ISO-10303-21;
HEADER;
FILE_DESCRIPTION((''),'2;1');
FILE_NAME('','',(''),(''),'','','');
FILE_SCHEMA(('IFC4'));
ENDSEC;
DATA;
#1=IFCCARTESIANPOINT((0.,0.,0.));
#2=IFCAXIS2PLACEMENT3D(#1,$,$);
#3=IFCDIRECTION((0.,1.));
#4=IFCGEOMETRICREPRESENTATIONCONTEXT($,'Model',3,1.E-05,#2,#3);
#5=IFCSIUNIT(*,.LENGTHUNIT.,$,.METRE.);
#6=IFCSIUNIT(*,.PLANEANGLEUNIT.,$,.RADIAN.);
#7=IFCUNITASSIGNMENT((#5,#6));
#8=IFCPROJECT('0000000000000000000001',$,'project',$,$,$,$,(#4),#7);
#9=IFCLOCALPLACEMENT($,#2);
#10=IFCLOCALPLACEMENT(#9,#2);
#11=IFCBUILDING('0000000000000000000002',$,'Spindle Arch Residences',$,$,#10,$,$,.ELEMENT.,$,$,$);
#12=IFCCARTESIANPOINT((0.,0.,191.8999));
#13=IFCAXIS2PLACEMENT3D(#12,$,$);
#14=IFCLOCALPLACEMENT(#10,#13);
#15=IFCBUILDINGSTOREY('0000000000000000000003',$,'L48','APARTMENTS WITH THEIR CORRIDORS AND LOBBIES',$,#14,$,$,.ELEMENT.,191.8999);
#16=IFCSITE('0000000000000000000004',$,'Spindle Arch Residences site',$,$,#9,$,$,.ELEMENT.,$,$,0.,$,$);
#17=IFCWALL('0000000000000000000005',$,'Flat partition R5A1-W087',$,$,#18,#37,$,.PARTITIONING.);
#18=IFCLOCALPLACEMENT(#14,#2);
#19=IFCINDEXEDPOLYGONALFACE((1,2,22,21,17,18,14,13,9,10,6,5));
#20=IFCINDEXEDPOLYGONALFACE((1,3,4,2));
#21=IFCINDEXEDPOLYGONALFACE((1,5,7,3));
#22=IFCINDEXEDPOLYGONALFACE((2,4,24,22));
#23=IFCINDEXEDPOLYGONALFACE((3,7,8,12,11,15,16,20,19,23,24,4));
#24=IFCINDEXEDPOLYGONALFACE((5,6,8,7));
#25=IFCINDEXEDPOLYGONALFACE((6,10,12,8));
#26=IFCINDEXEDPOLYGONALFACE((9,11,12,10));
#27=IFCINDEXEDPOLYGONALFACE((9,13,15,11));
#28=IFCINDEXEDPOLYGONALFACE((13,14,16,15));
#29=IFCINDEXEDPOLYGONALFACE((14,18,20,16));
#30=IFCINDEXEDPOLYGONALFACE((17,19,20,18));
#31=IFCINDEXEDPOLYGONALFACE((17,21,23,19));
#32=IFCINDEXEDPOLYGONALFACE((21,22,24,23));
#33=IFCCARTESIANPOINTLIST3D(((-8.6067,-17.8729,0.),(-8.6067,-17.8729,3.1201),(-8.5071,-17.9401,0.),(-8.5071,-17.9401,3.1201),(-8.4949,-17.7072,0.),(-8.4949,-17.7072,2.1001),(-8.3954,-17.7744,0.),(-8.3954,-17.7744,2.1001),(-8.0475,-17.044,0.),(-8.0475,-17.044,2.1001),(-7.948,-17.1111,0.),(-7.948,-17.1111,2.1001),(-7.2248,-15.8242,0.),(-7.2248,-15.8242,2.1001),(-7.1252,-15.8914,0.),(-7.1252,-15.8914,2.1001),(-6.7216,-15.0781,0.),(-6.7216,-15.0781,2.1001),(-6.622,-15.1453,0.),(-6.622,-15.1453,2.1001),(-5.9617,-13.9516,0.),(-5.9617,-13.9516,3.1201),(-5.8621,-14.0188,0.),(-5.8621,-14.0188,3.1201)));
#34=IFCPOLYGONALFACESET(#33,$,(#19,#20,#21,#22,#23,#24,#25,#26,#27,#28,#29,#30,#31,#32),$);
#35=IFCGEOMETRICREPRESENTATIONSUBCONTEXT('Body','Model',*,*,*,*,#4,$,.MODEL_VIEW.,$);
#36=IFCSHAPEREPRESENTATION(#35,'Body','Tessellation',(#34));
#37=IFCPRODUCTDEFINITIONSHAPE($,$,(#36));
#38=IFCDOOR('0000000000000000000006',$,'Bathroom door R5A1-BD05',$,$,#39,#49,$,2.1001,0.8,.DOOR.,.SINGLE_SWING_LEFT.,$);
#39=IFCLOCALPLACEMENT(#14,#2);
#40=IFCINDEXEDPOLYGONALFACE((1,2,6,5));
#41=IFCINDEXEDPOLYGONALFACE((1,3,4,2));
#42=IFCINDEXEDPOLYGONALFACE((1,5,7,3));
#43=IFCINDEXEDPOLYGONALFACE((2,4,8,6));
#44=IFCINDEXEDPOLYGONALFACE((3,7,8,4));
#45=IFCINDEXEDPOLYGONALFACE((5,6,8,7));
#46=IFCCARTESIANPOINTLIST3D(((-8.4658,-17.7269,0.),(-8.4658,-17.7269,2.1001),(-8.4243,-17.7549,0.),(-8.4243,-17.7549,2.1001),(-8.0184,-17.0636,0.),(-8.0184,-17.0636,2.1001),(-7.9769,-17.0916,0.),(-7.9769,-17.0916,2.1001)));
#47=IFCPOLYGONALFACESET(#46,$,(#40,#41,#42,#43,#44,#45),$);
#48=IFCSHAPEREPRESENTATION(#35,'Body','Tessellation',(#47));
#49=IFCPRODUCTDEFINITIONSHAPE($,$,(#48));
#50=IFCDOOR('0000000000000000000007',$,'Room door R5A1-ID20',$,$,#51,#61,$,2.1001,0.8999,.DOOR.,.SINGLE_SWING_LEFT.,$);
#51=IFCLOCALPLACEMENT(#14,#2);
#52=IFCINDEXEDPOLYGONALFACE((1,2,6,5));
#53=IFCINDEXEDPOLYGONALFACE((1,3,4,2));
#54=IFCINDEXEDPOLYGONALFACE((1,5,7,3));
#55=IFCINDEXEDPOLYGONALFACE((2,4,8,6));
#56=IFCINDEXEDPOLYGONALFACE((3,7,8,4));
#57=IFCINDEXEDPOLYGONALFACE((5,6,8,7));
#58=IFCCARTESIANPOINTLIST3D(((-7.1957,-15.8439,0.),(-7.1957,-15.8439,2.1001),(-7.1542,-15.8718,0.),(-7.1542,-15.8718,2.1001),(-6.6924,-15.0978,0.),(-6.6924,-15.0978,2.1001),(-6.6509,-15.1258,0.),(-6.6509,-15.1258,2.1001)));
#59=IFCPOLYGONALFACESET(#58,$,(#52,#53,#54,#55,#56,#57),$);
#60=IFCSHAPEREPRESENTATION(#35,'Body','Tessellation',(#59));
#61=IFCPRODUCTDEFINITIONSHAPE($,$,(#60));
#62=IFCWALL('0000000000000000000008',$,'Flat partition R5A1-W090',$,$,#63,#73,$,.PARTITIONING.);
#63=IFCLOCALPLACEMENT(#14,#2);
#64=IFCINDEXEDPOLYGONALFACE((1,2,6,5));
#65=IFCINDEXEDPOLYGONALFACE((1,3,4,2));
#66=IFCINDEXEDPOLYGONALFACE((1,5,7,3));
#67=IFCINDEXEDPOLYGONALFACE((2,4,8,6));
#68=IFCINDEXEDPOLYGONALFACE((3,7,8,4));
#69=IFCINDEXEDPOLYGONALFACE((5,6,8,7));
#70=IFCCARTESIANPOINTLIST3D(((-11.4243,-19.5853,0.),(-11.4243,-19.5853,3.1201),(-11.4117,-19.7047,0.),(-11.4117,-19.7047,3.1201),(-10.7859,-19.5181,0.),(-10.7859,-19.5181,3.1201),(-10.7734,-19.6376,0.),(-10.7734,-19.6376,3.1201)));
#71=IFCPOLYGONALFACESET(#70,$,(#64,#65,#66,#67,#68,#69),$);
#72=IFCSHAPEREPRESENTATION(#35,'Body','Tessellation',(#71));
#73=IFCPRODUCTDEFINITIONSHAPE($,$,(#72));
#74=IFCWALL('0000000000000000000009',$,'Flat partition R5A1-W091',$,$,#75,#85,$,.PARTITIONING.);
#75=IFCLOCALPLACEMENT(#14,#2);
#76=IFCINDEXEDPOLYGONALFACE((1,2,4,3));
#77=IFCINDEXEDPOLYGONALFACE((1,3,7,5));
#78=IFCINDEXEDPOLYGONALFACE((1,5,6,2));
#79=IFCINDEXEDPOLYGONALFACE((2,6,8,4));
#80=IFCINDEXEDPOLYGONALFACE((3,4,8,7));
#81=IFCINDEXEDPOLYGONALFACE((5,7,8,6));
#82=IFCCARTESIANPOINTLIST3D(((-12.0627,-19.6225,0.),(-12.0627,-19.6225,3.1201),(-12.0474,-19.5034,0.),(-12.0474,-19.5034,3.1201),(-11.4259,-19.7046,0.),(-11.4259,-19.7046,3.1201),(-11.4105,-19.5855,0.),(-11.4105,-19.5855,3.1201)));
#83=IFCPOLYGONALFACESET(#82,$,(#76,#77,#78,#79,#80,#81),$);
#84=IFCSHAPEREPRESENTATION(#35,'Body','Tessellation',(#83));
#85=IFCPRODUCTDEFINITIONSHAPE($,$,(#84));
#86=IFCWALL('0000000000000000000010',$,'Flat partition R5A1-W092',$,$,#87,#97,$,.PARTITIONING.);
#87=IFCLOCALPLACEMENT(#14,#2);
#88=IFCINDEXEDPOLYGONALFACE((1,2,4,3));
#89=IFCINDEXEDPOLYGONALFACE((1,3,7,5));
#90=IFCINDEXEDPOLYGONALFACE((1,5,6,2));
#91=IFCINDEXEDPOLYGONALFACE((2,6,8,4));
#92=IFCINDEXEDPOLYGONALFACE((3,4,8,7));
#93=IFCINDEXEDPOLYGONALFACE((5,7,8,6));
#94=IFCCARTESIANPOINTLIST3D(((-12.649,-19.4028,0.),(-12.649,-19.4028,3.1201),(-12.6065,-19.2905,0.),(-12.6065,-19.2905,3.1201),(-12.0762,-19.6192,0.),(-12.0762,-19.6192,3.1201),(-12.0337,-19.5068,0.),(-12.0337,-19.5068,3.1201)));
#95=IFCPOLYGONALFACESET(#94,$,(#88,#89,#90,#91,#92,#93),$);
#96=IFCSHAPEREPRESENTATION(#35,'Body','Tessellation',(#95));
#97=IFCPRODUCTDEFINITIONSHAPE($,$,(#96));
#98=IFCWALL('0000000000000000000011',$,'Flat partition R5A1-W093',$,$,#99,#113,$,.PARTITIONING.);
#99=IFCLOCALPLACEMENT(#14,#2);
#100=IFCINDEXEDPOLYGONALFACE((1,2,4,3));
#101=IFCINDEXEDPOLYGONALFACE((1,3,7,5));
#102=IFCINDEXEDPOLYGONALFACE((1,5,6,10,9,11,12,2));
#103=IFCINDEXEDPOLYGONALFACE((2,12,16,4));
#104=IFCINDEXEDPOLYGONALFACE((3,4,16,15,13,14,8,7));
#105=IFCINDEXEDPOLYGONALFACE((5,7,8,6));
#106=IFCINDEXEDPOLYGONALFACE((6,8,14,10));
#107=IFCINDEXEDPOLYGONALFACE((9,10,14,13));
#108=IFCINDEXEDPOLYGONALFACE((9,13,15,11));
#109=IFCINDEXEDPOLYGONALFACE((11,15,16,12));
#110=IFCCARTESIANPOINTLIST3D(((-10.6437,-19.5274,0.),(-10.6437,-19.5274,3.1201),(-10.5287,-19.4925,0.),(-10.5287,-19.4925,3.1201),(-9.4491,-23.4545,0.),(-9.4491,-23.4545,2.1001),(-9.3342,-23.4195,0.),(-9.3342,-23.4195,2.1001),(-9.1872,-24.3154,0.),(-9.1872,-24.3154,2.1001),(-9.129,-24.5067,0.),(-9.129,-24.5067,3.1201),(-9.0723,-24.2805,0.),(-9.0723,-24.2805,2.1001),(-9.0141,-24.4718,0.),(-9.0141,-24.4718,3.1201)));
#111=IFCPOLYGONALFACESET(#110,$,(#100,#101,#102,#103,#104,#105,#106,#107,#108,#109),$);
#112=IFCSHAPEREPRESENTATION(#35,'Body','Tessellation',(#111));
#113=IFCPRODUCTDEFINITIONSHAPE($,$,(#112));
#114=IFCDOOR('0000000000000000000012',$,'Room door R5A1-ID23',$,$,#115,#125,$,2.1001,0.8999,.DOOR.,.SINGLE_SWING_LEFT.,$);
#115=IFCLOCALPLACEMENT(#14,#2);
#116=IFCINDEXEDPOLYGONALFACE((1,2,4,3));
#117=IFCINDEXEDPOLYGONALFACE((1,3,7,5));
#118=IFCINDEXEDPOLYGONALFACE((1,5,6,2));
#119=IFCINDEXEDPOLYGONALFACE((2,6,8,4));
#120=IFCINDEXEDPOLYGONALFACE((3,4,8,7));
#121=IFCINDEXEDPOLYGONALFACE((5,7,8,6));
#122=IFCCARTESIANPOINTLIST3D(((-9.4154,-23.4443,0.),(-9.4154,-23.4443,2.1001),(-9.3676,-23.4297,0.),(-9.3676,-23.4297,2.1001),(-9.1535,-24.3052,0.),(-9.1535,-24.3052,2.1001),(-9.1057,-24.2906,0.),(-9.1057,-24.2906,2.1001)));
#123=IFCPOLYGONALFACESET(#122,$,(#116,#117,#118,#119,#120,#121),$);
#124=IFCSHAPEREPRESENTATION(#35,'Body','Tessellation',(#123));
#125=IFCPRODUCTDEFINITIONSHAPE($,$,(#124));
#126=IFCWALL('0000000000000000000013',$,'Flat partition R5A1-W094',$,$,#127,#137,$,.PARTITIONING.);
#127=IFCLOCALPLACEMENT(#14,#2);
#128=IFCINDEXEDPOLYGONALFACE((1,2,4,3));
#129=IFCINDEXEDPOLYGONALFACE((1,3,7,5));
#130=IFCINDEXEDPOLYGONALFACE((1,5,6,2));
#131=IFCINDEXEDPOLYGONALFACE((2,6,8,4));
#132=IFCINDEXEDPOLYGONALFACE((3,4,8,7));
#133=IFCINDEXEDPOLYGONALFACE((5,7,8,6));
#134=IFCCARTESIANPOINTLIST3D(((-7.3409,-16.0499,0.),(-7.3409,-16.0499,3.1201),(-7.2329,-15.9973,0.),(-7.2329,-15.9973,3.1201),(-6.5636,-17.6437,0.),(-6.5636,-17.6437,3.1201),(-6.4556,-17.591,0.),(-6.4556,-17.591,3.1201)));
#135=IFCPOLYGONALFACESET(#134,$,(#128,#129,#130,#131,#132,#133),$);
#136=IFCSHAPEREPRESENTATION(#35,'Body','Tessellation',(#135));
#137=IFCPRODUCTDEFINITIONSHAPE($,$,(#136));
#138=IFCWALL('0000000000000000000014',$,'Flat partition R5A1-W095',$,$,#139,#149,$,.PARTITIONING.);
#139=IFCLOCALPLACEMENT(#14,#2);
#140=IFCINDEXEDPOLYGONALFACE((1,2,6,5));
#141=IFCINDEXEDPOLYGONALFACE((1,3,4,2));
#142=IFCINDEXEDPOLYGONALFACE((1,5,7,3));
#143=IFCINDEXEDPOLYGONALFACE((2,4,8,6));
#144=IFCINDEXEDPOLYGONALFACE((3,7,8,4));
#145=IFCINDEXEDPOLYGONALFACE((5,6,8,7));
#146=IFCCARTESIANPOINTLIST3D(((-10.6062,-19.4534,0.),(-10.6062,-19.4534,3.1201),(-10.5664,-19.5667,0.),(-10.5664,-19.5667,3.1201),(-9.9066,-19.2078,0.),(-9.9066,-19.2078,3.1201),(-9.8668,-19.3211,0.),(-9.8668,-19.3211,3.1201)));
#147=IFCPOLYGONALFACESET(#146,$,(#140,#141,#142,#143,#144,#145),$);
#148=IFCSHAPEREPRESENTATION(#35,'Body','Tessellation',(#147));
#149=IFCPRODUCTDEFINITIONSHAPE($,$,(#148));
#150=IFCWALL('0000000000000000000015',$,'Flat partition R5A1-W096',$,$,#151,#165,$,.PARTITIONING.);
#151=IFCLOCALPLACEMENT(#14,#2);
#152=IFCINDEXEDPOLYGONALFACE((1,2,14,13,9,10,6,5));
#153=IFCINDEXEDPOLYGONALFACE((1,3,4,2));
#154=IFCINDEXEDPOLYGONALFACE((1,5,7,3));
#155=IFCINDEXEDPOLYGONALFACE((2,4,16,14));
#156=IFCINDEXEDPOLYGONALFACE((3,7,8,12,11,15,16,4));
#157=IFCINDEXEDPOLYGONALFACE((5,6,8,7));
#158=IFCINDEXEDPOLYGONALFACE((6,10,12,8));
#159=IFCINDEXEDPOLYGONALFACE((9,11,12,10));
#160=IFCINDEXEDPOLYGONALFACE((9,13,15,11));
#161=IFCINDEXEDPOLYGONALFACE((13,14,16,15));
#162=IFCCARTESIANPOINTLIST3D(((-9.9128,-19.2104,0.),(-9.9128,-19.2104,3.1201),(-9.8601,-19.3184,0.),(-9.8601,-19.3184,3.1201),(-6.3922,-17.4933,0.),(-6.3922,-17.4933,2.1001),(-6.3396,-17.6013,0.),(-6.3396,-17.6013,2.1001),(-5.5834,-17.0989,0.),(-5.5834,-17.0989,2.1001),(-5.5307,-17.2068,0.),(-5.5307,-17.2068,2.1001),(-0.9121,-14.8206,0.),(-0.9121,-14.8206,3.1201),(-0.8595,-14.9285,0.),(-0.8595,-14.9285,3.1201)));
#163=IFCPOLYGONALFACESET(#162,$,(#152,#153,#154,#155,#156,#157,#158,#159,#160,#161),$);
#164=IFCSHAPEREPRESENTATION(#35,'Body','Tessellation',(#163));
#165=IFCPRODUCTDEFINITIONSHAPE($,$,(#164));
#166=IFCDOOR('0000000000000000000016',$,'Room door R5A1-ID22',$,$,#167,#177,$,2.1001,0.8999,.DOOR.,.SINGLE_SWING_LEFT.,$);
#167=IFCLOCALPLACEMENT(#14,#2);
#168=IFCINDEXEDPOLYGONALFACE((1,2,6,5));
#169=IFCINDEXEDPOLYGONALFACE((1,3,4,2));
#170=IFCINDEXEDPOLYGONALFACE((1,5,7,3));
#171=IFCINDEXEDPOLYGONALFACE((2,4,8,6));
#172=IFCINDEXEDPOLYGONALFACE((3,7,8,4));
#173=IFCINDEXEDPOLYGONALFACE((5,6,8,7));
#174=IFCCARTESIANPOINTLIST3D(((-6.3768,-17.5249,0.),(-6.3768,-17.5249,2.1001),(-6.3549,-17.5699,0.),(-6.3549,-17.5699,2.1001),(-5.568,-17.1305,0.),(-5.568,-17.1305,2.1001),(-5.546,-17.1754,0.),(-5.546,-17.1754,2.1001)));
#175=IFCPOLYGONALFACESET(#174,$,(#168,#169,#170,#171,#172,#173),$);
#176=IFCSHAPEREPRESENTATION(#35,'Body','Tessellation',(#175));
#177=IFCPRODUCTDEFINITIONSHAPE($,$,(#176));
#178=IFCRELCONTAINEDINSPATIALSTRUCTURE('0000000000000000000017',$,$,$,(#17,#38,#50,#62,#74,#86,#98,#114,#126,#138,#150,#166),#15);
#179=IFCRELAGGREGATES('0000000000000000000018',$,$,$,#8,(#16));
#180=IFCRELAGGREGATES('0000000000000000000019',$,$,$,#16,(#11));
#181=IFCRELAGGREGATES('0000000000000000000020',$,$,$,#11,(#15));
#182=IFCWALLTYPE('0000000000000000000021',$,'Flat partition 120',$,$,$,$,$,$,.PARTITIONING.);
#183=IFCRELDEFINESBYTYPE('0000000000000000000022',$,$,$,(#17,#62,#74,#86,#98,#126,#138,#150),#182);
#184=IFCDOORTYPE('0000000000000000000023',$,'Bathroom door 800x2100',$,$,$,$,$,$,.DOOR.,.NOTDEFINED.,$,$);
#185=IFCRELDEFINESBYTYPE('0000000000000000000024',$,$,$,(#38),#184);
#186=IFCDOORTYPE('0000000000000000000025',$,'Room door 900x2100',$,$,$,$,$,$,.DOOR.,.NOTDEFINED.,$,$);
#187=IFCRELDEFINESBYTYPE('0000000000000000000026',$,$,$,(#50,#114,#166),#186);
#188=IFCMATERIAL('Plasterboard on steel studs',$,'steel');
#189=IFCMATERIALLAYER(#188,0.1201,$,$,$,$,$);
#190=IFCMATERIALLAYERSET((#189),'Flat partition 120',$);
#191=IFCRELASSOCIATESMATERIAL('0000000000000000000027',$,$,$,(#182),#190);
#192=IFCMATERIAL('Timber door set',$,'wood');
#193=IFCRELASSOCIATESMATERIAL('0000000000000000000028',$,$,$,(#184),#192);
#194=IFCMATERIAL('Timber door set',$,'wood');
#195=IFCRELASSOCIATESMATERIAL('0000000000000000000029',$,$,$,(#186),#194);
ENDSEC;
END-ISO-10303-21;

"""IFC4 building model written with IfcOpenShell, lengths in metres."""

from ifc_helpers import new_model, si_unit, direction, frame, frame_2d, origin, place, context, subcontext, project, spatial, rectangle, extrude, material, layer, layer_set, type_object, element, fill, save


model = new_model("IFC4")

# Units and contexts
model_context = context("Model", 3, precision=1e-05, world=origin(), true_north=direction((0.0, 1.0)))
body_context = subcontext(model_context, "Body", "Model", "MODEL_VIEW")
ifc_project = project(units=[si_unit("LENGTHUNIT", "METRE"), si_unit("PLANEANGLEUNIT", "RADIAN")], contexts=[model_context])

# Site, building, storey
site_placement = place(None, origin())
site = spatial("IfcSite", under=ifc_project, at=site_placement, Name="Spindle Arch Residences site", CompositionType="ELEMENT", RefElevation=0.0)
building_placement = place(site_placement, origin())
building = spatial("IfcBuilding", under=site, at=building_placement, Name="Spindle Arch Residences", CompositionType="ELEMENT")
storey_placement = place(building_placement, frame((0.0, 0.0, 191.8999)))
storey = spatial("IfcBuildingStorey", under=building, at=storey_placement, Name="L48", Description="APARTMENTS WITH THEIR CORRIDORS AND LOBBIES", CompositionType="ELEMENT", Elevation=191.8999)

# Shared definitions
ifc_material_1 = material(Name="Plasterboard on steel studs", Category="steel")
ifc_layer_1 = layer(ifc_material_1, 0.1201)
ifc_layer_set_1 = layer_set([ifc_layer_1], Name="Flat partition 120")
wall_type = type_object("IfcWallType", Name="Flat partition 120", PredefinedType="PARTITIONING", material=ifc_layer_set_1)

# Wall, openings, doors
wall_1_placement = place(storey_placement, frame((-8.5569, -17.9065, 0.0), z_axis=(0.0, 0.0, 1.0), x_axis=(0.559194, 0.829037, 0.0)))
wall_1 = element("IfcWall", 1, at=wall_1_placement, inside=storey, type_object=wall_type, Name="Flat partition R5A1-W087", PredefinedType="PARTITIONING", context=body_context, shape_type="SweptSolid", body=[
    extrude(rectangle(XDim=4.73, YDim=0.1201, at=frame_2d((2.365, 0.0))), origin(), (0.0, 0.0, 1.0), 3.1201),
])
opening_1_placement = place(wall_1_placement, frame((0.2, 0.0, 0.0)))
opening_1 = element("IfcOpeningElement", 2, at=opening_1_placement, cuts=wall_1, PredefinedType="OPENING", context=body_context, shape_type="SweptSolid", body=[
    extrude(rectangle(XDim=0.8, YDim=2.1001, at=frame_2d((0.3999, 1.05))), frame((0.0, 0.0701, 0.0), z_axis=(0.0, -1.0, 0.0), x_axis=(1.0, 0.0, 0.0)), (0.0, 0.0, 1.0), 0.1401),
])
opening_2_placement = place(wall_1_placement, frame((2.4712, 0.0, 0.0)))
opening_2 = element("IfcOpeningElement", 3, at=opening_2_placement, cuts=wall_1, PredefinedType="OPENING", context=body_context, shape_type="SweptSolid", body=[
    extrude(rectangle(XDim=0.8999, YDim=2.1001, at=frame_2d((0.45, 1.05))), frame((0.0, 0.0701, 0.0), z_axis=(0.0, -1.0, 0.0), x_axis=(1.0, 0.0, 0.0)), (0.0, 0.0, 1.0), 0.1401),
])
ifc_material_2 = material(Name="Timber door set", Category="wood")
door_type_1 = type_object("IfcDoorType", Name="Bathroom door 800x2100", OperationType="NOTDEFINED", PredefinedType="DOOR", material=ifc_material_2)
door_1_placement = place(opening_1_placement, origin())
door_1 = element("IfcDoor", 4, at=door_1_placement, inside=storey, type_object=door_type_1, Name="Bathroom door R5A1-BD05", OperationType="SINGLE_SWING_LEFT", OverallHeight=2.1001, OverallWidth=0.8, PredefinedType="DOOR", context=body_context, shape_type="SweptSolid", body=[
    extrude(rectangle(XDim=0.8, YDim=2.1001, at=frame_2d((0.3999, 1.05))), frame((0.0, 0.0249, 0.0), z_axis=(0.0, -1.0, 0.0), x_axis=(1.0, 0.0, 0.0)), (0.0, 0.0, 1.0), 0.05),
])
fill(opening_1, door_1)
ifc_material_3 = material(Name="Timber door set", Category="wood")
door_type_2 = type_object("IfcDoorType", Name="Room door 900x2100", OperationType="NOTDEFINED", PredefinedType="DOOR", material=ifc_material_3)
door_2_placement = place(opening_2_placement, origin())
door_2 = element("IfcDoor", 5, at=door_2_placement, inside=storey, type_object=door_type_2, Name="Room door R5A1-ID20", OperationType="SINGLE_SWING_LEFT", OverallHeight=2.1001, OverallWidth=0.8999, PredefinedType="DOOR", context=body_context, shape_type="SweptSolid", body=[
    extrude(rectangle(XDim=0.8999, YDim=2.1001, at=frame_2d((0.45, 1.05))), frame((0.0, 0.0249, 0.0), z_axis=(0.0, -1.0, 0.0), x_axis=(1.0, 0.0, 0.0)), (0.0, 0.0, 1.0), 0.05),
])
fill(opening_2, door_2)

# Walls
wall_2_placement = place(storey_placement, frame((-10.7798, -19.5779, 0.0), z_axis=(0.0, 0.0, 1.0), x_axis=(-0.994516, -0.104586, 0.0)))
element("IfcWall", 6, at=wall_2_placement, inside=storey, type_object=wall_type, Name="Flat partition R5A1-W090", PredefinedType="PARTITIONING", context=body_context, shape_type="SweptSolid", body=[
    extrude(rectangle(XDim=0.6418, YDim=0.1201, at=frame_2d((0.3208, 0.0))), origin(), (0.0, 0.0, 1.0), 3.1201),
])
wall_3_placement = place(storey_placement, frame((-11.4182, -19.645, 0.0), z_axis=(0.0, 0.0, 1.0), x_axis=(-0.991803, 0.127778, 0.0)))
element("IfcWall", 7, at=wall_3_placement, inside=storey, type_object=wall_type, Name="Flat partition R5A1-W091", PredefinedType="PARTITIONING", context=body_context, shape_type="SweptSolid", body=[
    extrude(rectangle(XDim=0.6421, YDim=0.1201, at=frame_2d((0.321, 0.0))), origin(), (0.0, 0.0, 1.0), 3.1201),
])
wall_4_placement = place(storey_placement, frame((-12.0549, -19.563, 0.0), z_axis=(0.0, 0.0, 1.0), x_axis=(-0.935507, 0.353308, 0.0)))
element("IfcWall", 8, at=wall_4_placement, inside=storey, type_object=wall_type, Name="Flat partition R5A1-W092", PredefinedType="PARTITIONING", context=body_context, shape_type="SweptSolid", body=[
    extrude(rectangle(XDim=0.6123, YDim=0.1201, at=frame_2d((0.3062, 0.0))), origin(), (0.0, 0.0, 1.0), 3.1201),
])

# Wall, opening, door
wall_5_placement = place(storey_placement, frame((-9.0715, -24.4893, 0.0), z_axis=(0.0, 0.0, 1.0), x_axis=(-0.291025, 0.956715, 0.0)))
wall_5 = element("IfcWall", 9, at=wall_5_placement, inside=storey, type_object=wall_type, Name="Flat partition R5A1-W093", PredefinedType="PARTITIONING", context=body_context, shape_type="SweptSolid", body=[
    extrude(rectangle(XDim=5.2046, YDim=0.1201, at=frame_2d((2.6023, 0.0))), origin(), (0.0, 0.0, 1.0), 3.1201),
])
opening_3_placement = place(wall_5_placement, frame((0.2, 0.0, 0.0)))
opening_3 = element("IfcOpeningElement", 10, at=opening_3_placement, cuts=wall_5, PredefinedType="OPENING", context=body_context, shape_type="SweptSolid", body=[
    extrude(rectangle(XDim=0.8999, YDim=2.1001, at=frame_2d((0.45, 1.05))), frame((0.0, 0.0701, 0.0), z_axis=(0.0, -1.0, 0.0), x_axis=(1.0, 0.0, 0.0)), (0.0, 0.0, 1.0), 0.1401),
])
door_3_placement = place(opening_3_placement, origin())
door_3 = element("IfcDoor", 11, at=door_3_placement, inside=storey, type_object=door_type_2, Name="Room door R5A1-ID23", OperationType="SINGLE_SWING_LEFT", OverallHeight=2.1001, OverallWidth=0.8999, PredefinedType="DOOR", context=body_context, shape_type="SweptSolid", body=[
    extrude(rectangle(XDim=0.8999, YDim=2.1001, at=frame_2d((0.45, 1.05))), frame((0.0, 0.0249, 0.0), z_axis=(0.0, -1.0, 0.0), x_axis=(1.0, 0.0, 0.0)), (0.0, 0.0, 1.0), 0.05),
])
fill(opening_3, door_3)

# Walls
wall_6_placement = place(storey_placement, frame((-6.5095, -17.6174, 0.0), z_axis=(0.0, 0.0, 1.0), x_axis=(-0.43838, 0.89879, 0.0)))
element("IfcWall", 12, at=wall_6_placement, inside=storey, type_object=wall_type, Name="Flat partition R5A1-W094", PredefinedType="PARTITIONING", context=body_context, shape_type="SweptSolid", body=[
    extrude(rectangle(XDim=1.7732, YDim=0.1201, at=frame_2d((0.8867, 0.0))), origin(), (0.0, 0.0, 1.0), 3.1201),
])
wall_7_placement = place(storey_placement, frame((-10.5862, -19.51, 0.0), z_axis=(0.0, 0.0, 1.0), x_axis=(0.94356, 0.331201, 0.0)))
element("IfcWall", 13, at=wall_7_placement, inside=storey, type_object=wall_type, Name="Flat partition R5A1-W095", PredefinedType="PARTITIONING", context=body_context, shape_type="SweptSolid", body=[
    extrude(rectangle(XDim=0.7415, YDim=0.1201, at=frame_2d((0.3706, 0.0))), origin(), (0.0, 0.0, 1.0), 3.1201),
])

# Wall, opening, door
wall_8_placement = place(storey_placement, frame((-9.8865, -19.2644, 0.0), z_axis=(0.0, 0.0, 1.0), x_axis=(0.898796, 0.438366, 0.0)))
wall_8 = element("IfcWall", 14, at=wall_8_placement, inside=storey, type_object=wall_type, Name="Flat partition R5A1-W096", PredefinedType="PARTITIONING", context=body_context, shape_type="SweptSolid", body=[
    extrude(rectangle(XDim=10.0142, YDim=0.1201, at=frame_2d((5.0071, 0.0))), origin(), (0.0, 0.0, 1.0), 3.1201),
])
opening_4_placement = place(wall_8_placement, frame((3.917, 0.0, 0.0)))
opening_4 = element("IfcOpeningElement", 15, at=opening_4_placement, cuts=wall_8, PredefinedType="OPENING", context=body_context, shape_type="SweptSolid", body=[
    extrude(rectangle(XDim=0.8999, YDim=2.1001, at=frame_2d((0.45, 1.05))), frame((0.0, 0.0701, 0.0), z_axis=(0.0, -1.0, 0.0), x_axis=(1.0, 0.0, 0.0)), (0.0, 0.0, 1.0), 0.1401),
])
door_4_placement = place(opening_4_placement, origin())
door_4 = element("IfcDoor", 16, at=door_4_placement, inside=storey, type_object=door_type_2, Name="Room door R5A1-ID22", OperationType="SINGLE_SWING_LEFT", OverallHeight=2.1001, OverallWidth=0.8999, PredefinedType="DOOR", context=body_context, shape_type="SweptSolid", body=[
    extrude(rectangle(XDim=0.8999, YDim=2.1001, at=frame_2d((0.45, 1.05))), frame((0.0, 0.0249, 0.0), z_axis=(0.0, -1.0, 0.0), x_axis=(1.0, 0.0, 0.0)), (0.0, 0.0, 1.0), 0.05),
])
fill(opening_4, door_4)

save(model, "model.ifc")
